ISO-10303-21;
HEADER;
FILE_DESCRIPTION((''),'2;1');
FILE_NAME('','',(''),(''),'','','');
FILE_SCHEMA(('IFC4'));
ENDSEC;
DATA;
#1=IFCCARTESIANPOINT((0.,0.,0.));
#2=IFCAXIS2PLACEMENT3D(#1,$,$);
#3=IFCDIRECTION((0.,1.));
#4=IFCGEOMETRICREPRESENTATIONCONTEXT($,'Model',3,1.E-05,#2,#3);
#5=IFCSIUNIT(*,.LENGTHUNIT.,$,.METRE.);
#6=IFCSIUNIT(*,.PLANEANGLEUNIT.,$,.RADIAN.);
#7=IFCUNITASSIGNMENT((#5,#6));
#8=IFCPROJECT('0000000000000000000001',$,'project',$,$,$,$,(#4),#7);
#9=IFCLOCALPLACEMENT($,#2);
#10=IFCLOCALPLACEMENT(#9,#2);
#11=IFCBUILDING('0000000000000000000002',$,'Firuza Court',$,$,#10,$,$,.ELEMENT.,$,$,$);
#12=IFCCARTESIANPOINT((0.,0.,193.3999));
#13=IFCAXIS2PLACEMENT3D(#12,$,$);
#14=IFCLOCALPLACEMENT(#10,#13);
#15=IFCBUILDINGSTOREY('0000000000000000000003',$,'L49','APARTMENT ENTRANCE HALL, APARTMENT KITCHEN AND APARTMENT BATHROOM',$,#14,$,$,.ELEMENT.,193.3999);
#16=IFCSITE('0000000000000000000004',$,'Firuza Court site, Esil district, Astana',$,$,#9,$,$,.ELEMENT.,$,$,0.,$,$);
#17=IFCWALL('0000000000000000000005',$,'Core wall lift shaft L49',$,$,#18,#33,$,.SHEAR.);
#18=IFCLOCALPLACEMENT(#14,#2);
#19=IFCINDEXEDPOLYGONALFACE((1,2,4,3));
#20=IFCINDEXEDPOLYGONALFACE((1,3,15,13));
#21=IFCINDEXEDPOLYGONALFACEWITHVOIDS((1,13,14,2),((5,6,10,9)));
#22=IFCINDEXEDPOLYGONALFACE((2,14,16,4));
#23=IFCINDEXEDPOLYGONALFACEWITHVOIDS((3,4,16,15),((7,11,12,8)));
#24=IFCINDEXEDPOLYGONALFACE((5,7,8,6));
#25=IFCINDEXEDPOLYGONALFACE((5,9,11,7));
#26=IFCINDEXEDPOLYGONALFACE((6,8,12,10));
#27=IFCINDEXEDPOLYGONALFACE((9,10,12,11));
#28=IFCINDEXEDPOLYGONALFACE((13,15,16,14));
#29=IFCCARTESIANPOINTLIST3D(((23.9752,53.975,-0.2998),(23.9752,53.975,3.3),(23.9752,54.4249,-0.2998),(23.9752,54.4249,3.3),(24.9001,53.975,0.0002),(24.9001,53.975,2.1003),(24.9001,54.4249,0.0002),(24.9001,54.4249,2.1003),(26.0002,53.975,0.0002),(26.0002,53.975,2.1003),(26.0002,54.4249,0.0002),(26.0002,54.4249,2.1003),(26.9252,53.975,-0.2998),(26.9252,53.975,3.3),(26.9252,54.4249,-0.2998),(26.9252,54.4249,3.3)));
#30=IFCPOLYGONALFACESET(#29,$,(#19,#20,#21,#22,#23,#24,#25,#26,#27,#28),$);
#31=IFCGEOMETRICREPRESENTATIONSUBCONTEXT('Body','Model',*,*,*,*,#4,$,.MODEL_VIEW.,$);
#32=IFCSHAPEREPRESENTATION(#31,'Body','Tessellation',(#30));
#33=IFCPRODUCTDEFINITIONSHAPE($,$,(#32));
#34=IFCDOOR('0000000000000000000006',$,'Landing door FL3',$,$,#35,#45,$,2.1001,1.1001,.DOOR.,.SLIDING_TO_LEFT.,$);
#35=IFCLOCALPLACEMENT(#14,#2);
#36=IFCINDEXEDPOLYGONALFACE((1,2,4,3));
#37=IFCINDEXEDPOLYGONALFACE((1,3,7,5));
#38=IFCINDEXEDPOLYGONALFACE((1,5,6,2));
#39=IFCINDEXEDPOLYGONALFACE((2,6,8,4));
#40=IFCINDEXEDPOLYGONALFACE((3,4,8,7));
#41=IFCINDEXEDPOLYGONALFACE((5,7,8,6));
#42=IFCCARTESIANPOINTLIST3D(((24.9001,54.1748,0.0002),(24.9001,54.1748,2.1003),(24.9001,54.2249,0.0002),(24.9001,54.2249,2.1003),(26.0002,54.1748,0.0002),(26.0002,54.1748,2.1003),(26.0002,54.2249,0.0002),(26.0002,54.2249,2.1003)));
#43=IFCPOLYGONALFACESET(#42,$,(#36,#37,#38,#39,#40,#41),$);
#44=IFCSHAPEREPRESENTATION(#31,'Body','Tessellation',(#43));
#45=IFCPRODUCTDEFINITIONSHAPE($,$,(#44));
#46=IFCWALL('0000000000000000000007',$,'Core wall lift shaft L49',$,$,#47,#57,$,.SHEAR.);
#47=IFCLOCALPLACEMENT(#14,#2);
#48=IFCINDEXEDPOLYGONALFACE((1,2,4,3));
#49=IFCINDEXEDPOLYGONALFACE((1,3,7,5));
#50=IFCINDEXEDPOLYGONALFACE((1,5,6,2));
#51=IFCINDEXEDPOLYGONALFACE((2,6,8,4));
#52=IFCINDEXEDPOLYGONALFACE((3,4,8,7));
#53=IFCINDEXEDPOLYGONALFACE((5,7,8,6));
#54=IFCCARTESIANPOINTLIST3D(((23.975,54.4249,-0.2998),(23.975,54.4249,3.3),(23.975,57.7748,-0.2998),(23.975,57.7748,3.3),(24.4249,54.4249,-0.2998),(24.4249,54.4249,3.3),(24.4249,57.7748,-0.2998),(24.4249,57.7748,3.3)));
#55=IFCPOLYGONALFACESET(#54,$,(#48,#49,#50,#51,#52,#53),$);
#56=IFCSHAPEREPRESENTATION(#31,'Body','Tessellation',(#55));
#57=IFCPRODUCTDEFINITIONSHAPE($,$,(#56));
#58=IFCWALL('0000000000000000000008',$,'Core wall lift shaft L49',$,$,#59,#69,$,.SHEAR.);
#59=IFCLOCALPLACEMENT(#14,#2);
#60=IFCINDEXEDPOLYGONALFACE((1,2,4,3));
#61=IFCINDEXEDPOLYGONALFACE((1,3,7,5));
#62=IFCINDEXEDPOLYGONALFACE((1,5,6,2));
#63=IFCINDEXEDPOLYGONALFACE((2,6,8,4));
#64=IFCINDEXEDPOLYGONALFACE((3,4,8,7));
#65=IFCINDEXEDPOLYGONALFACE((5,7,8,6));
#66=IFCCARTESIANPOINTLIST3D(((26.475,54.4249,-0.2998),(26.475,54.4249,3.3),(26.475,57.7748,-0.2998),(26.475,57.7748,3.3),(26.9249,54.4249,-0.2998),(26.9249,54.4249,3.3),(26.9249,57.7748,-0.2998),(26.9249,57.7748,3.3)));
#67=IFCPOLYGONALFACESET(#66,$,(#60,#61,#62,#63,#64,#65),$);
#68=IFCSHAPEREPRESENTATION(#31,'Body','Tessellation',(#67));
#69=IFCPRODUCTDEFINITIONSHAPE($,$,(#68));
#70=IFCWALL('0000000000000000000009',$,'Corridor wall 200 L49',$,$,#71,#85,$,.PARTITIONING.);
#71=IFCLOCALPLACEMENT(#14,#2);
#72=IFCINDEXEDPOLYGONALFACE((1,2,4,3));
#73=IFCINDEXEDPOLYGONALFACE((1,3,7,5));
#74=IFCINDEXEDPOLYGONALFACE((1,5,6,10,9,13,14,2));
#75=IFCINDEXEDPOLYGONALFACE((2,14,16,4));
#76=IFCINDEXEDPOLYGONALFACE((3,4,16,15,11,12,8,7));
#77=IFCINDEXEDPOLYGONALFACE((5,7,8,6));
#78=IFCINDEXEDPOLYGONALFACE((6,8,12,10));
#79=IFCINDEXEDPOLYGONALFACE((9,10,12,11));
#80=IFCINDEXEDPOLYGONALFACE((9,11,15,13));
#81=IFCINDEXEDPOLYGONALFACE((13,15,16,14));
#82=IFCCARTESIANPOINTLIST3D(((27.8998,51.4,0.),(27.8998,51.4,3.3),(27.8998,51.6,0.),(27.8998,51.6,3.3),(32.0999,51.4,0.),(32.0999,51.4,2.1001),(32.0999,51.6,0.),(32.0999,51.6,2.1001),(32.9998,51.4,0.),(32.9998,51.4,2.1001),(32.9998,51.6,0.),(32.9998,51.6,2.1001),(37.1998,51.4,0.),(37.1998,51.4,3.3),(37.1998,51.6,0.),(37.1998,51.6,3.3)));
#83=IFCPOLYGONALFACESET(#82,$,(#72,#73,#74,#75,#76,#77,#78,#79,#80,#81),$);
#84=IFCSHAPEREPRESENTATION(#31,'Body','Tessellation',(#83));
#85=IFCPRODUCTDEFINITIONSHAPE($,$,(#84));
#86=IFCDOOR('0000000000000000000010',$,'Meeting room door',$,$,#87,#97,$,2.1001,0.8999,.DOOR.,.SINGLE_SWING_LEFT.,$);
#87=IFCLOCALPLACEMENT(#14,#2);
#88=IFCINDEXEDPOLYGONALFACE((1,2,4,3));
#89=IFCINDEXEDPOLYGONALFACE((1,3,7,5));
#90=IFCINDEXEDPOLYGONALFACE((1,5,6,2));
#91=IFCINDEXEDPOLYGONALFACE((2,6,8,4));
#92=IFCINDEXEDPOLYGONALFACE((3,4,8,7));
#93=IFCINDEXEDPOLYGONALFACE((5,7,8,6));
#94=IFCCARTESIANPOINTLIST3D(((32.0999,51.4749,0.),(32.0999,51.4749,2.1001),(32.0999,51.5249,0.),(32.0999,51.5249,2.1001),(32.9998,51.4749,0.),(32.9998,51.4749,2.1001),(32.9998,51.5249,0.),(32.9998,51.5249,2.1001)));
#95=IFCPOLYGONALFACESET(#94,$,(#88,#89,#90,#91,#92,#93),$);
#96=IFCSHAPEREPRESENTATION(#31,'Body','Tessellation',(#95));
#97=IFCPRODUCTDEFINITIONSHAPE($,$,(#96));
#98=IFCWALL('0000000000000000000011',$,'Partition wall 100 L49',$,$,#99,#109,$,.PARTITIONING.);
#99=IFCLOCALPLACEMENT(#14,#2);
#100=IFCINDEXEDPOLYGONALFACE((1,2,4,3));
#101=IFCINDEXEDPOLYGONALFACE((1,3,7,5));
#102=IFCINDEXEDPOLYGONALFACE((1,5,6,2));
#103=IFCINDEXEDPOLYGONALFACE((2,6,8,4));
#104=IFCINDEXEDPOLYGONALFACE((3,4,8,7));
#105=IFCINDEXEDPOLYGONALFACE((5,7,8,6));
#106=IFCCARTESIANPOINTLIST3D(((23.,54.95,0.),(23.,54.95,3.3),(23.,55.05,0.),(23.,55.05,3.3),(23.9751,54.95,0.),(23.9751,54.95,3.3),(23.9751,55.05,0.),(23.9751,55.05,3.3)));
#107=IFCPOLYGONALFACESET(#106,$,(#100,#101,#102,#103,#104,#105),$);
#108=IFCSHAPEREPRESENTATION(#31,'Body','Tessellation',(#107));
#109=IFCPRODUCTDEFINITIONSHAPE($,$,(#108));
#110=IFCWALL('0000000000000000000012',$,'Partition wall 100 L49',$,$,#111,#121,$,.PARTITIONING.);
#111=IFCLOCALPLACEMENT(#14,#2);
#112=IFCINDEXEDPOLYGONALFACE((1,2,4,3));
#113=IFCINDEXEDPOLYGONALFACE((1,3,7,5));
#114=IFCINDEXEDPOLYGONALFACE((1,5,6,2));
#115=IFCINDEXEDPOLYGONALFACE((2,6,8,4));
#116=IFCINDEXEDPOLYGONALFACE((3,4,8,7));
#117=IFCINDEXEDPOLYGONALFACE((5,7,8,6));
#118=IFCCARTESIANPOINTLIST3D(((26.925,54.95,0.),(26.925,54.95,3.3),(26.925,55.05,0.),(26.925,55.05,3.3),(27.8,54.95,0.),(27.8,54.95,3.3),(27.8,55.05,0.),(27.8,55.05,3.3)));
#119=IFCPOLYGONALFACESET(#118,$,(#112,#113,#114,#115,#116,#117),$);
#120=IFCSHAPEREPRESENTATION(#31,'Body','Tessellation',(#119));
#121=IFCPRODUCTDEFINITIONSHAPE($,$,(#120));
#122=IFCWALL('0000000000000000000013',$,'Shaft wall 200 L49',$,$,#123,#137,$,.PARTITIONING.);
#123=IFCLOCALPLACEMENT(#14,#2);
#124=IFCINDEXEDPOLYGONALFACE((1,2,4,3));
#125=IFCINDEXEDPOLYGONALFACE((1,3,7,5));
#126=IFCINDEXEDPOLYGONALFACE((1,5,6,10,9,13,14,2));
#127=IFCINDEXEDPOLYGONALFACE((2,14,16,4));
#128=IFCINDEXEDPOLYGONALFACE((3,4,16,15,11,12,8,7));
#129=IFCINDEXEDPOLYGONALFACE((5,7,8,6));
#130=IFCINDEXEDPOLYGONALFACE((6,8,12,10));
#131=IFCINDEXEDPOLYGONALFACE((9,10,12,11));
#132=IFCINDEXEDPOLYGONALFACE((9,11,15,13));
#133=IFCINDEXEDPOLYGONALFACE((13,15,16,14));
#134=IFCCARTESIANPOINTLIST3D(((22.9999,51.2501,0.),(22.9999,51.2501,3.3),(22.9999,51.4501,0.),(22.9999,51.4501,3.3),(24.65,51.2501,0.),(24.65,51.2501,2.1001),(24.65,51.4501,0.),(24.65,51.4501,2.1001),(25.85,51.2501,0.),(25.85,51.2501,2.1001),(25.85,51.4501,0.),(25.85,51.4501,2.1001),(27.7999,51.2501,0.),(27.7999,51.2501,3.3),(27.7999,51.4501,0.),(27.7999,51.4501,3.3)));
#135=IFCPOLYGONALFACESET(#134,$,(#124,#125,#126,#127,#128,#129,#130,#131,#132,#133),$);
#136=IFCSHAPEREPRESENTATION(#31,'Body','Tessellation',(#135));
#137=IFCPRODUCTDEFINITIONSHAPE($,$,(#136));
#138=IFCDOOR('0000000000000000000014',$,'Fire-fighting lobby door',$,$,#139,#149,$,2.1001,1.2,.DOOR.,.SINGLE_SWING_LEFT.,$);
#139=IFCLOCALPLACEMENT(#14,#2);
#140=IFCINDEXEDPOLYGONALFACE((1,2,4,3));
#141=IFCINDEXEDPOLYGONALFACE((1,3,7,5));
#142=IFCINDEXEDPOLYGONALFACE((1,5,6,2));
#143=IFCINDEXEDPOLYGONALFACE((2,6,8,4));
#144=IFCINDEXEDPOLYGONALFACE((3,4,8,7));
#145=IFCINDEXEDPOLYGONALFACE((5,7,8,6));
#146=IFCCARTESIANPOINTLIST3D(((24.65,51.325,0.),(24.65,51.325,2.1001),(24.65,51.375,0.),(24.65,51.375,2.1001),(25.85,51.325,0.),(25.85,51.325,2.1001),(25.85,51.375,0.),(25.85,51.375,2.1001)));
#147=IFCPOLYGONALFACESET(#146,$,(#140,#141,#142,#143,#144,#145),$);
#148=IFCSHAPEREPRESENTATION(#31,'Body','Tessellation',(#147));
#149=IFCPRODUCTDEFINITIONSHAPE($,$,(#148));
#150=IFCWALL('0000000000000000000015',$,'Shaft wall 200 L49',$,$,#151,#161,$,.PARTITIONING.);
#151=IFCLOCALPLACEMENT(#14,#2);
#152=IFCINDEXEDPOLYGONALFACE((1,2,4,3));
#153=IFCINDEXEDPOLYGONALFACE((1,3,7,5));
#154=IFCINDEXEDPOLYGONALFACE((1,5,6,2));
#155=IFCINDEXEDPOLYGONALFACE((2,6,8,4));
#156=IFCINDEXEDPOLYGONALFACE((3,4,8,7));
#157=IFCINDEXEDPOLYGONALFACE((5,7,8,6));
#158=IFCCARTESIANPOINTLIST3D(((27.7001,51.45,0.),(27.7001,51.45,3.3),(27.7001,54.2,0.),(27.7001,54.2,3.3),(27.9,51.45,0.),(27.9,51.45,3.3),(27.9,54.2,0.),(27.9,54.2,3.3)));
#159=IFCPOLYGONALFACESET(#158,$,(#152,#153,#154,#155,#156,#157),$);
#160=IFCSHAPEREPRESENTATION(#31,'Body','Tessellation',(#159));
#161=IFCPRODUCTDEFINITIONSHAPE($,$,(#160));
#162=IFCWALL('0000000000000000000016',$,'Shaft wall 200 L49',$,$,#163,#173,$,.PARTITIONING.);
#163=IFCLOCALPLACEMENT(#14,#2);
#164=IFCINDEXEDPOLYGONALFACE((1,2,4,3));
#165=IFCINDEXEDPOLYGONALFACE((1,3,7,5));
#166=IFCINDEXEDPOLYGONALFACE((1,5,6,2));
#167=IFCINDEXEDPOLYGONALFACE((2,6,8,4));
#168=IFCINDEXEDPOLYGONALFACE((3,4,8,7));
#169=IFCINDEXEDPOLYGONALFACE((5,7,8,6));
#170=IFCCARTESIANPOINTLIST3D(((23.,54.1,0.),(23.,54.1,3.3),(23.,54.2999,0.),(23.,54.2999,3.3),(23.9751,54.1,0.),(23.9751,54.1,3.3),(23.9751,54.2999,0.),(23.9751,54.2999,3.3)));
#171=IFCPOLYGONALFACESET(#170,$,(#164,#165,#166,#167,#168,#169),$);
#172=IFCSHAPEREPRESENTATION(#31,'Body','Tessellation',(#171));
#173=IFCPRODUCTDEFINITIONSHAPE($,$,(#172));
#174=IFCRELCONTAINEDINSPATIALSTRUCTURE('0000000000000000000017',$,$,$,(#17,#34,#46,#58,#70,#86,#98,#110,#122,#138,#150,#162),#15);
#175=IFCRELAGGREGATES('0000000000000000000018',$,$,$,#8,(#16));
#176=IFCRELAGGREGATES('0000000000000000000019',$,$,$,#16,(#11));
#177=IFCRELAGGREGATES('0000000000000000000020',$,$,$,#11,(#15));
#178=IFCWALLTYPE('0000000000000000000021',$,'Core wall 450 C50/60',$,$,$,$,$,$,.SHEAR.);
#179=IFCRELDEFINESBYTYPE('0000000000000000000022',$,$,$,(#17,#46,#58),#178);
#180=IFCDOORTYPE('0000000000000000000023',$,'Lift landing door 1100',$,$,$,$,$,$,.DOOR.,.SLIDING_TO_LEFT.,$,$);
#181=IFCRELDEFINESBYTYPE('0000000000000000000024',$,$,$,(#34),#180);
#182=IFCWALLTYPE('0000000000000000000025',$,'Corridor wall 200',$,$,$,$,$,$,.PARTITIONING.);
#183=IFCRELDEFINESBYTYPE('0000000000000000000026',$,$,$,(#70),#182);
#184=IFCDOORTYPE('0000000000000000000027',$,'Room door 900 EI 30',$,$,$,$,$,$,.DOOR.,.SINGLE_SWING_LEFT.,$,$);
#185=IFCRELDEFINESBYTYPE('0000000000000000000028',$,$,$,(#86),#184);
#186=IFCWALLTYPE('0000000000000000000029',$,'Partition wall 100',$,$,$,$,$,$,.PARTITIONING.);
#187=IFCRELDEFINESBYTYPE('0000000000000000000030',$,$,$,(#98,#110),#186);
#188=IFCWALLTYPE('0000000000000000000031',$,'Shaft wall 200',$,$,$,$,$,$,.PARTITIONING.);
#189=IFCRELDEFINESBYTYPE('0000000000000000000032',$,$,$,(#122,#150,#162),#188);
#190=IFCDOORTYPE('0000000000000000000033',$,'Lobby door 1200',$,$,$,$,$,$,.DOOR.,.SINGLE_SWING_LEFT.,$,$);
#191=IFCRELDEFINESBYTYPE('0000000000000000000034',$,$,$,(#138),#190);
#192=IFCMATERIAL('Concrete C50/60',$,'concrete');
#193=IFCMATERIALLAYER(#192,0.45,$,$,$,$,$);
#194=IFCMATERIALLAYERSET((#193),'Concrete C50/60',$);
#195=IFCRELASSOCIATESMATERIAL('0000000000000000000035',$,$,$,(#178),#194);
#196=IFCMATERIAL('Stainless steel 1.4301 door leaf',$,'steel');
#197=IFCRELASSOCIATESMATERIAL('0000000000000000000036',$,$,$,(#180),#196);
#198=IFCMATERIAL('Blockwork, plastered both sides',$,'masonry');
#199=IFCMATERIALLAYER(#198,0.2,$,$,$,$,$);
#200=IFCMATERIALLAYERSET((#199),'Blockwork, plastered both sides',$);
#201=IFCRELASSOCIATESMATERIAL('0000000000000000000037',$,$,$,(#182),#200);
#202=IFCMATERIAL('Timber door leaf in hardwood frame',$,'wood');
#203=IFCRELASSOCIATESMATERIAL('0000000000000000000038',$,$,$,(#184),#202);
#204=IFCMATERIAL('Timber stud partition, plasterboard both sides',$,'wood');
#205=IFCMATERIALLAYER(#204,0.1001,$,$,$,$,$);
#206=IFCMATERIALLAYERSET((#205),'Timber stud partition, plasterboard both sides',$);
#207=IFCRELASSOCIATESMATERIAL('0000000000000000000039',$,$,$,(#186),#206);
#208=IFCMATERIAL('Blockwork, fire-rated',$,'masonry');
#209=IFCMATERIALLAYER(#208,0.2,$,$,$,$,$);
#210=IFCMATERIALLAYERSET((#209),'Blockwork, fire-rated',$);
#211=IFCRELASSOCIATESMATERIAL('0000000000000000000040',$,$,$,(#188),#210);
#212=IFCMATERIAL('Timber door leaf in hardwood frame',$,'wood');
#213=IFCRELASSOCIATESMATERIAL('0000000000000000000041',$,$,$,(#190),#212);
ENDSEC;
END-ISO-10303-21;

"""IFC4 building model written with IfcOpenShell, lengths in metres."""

from ifc_helpers import new_model, si_unit, direction, frame, frame_2d, origin, place, context, subcontext, project, spatial, rectangle, extrude, material, layer, layer_set, type_object, element, fill, save


model = new_model("IFC4")

# Units and contexts
model_context = context("Model", 3, precision=1e-05, world=origin(), true_north=direction((0.0, 1.0)))
body_context = subcontext(model_context, "Body", "Model", "MODEL_VIEW")
ifc_project = project(units=[si_unit("LENGTHUNIT", "METRE"), si_unit("PLANEANGLEUNIT", "RADIAN")], contexts=[model_context])

# Site, building, storey
site_placement = place(None, origin())
site = spatial("IfcSite", under=ifc_project, at=site_placement, Name="Firuza Court site, Esil district, Astana", CompositionType="ELEMENT", RefElevation=0.0)
building_placement = place(site_placement, origin())
building = spatial("IfcBuilding", under=site, at=building_placement, Name="Firuza Court", CompositionType="ELEMENT")
storey_placement = place(building_placement, frame((0.0, 0.0, 193.3999)))
storey = spatial("IfcBuildingStorey", under=building, at=storey_placement, Name="L49", Description="APARTMENT ENTRANCE HALL, APARTMENT KITCHEN AND APARTMENT BATHROOM", CompositionType="ELEMENT", Elevation=193.3999)

# Wall, opening, door
ifc_material_1 = material(Name="Concrete C50/60", Category="concrete")
ifc_layer_1 = layer(ifc_material_1, 0.45)
ifc_layer_set_1 = layer_set([ifc_layer_1], Name="Concrete C50/60")
wall_type_1 = type_object("IfcWallType", Name="Core wall 450 C50/60", PredefinedType="SHEAR", material=ifc_layer_set_1)
wall_1_placement = place(storey_placement, frame((23.9751, 54.2, -0.2998), z_axis=(0.0, 0.0, 1.0), x_axis=(1.0, 0.0, 0.0)))
wall_1 = element("IfcWall", 1, at=wall_1_placement, inside=storey, type_object=wall_type_1, Name="Core wall lift shaft L49", PredefinedType="SHEAR", context=body_context, shape_type="SweptSolid", body=[
    extrude(rectangle(XDim=2.95, YDim=0.45, at=frame_2d((1.4751, 0.0))), origin(), (0.0, 0.0, 1.0), 3.5999),
])
opening_1_placement = place(wall_1_placement, frame((0.925, 0.0, 0.3)))
opening_1 = element("IfcOpeningElement", 2, at=opening_1_placement, cuts=wall_1, PredefinedType="OPENING", context=body_context, shape_type="SweptSolid", body=[
    extrude(rectangle(XDim=1.1001, YDim=2.1001, at=frame_2d((0.55, 1.05))), frame((0.0, 0.2368, 0.0), z_axis=(0.0, -1.0, 0.0), x_axis=(1.0, 0.0, 0.0)), (0.0, 0.0, 1.0), 0.4739),
])
ifc_material_2 = material(Name="Stainless steel 1.4301 door leaf", Category="steel")
door_type_1 = type_object("IfcDoorType", Name="Lift landing door 1100", OperationType="SLIDING_TO_LEFT", PredefinedType="DOOR", material=ifc_material_2)
door_1_placement = place(opening_1_placement, origin())
door_1 = element("IfcDoor", 3, at=door_1_placement, inside=storey, type_object=door_type_1, Name="Landing door FL3", OperationType="SLIDING_TO_LEFT", OverallHeight=2.1001, OverallWidth=1.1001, PredefinedType="DOOR", context=body_context, shape_type="SweptSolid", body=[
    extrude(rectangle(XDim=1.1001, YDim=2.1001, at=frame_2d((0.55, 1.05))), frame((0.0, 0.0249, 0.0), z_axis=(0.0, -1.0, 0.0), x_axis=(1.0, 0.0, 0.0)), (0.0, 0.0, 1.0), 0.05),
])
fill(opening_1, door_1)

# Walls
for number, where, z_axis, x_axis, name in (
    (4, (24.2, 54.425, -0.2998), (0.0, 0.0, 1.0), (0.0, 1.0, 0.0), "Core wall lift shaft L49"),
    (5, (26.7, 54.425, -0.2998), (0.0, 0.0, 1.0), (0.0, 1.0, 0.0), "Core wall lift shaft L49"),
):
    element("IfcWall", number, at=place(storey_placement, frame(where, z_axis=z_axis, x_axis=x_axis)), inside=storey, type_object=wall_type_1, Name=name, PredefinedType="SHEAR", context=body_context, shape_type="SweptSolid", body=[
        extrude(rectangle(XDim=3.3499, YDim=0.45, at=frame_2d((1.6748, 0.0))), origin(), (0.0, 0.0, 1.0), 3.5999),
    ])

# Wall, opening, door
ifc_material_3 = material(Name="Blockwork, plastered both sides", Category="masonry")
ifc_layer_2 = layer(ifc_material_3, 0.2)
ifc_layer_set_2 = layer_set([ifc_layer_2], Name="Blockwork, plastered both sides")
wall_type_2 = type_object("IfcWallType", Name="Corridor wall 200", PredefinedType="PARTITIONING", material=ifc_layer_set_2)
wall_2_placement = place(storey_placement, frame((27.8999, 51.5, 0.0), z_axis=(0.0, 0.0, 1.0), x_axis=(1.0, 0.0, 0.0)))
wall_2 = element("IfcWall", 6, at=wall_2_placement, inside=storey, type_object=wall_type_2, Name="Corridor wall 200 L49", PredefinedType="PARTITIONING", context=body_context, shape_type="SweptSolid", body=[
    extrude(rectangle(XDim=9.3, YDim=0.2, at=frame_2d((4.6499, 0.0))), origin(), (0.0, 0.0, 1.0), 3.3),
])
opening_2_placement = place(wall_2_placement, frame((4.2, 0.0, 0.0)))
opening_2 = element("IfcOpeningElement", 7, at=opening_2_placement, cuts=wall_2, PredefinedType="OPENING", context=body_context, shape_type="SweptSolid", body=[
    extrude(rectangle(XDim=0.8999, YDim=2.1001, at=frame_2d((0.45, 1.05))), frame((0.0, 0.1118, 0.0), z_axis=(0.0, -1.0, 0.0), x_axis=(1.0, 0.0, 0.0)), (0.0, 0.0, 1.0), 0.2239),
])
ifc_material_4 = material(Name="Timber door leaf in hardwood frame", Category="wood")
door_type_2 = type_object("IfcDoorType", Name="Room door 900 EI 30", OperationType="SINGLE_SWING_LEFT", PredefinedType="DOOR", material=ifc_material_4)
door_2_placement = place(opening_2_placement, origin())
door_2 = element("IfcDoor", 8, at=door_2_placement, inside=storey, type_object=door_type_2, Name="Meeting room door", OperationType="SINGLE_SWING_LEFT", OverallHeight=2.1001, OverallWidth=0.8999, PredefinedType="DOOR", context=body_context, shape_type="SweptSolid", body=[
    extrude(rectangle(XDim=0.8999, YDim=2.1001, at=frame_2d((0.45, 1.05))), frame((0.0, 0.0249, 0.0), z_axis=(0.0, -1.0, 0.0), x_axis=(1.0, 0.0, 0.0)), (0.0, 0.0, 1.0), 0.05),
])
fill(opening_2, door_2)

# Walls
ifc_material_5 = material(Name="Timber stud partition, plasterboard both sides", Category="wood")
ifc_layer_3 = layer(ifc_material_5, 0.1001)
ifc_layer_set_3 = layer_set([ifc_layer_3], Name="Timber stud partition, plasterboard both sides")
wall_type_3 = type_object("IfcWallType", Name="Partition wall 100", PredefinedType="PARTITIONING", material=ifc_layer_set_3)
wall_3_placement = place(storey_placement, frame((23.0, 55.0, 0.0), z_axis=(0.0, 0.0, 1.0), x_axis=(1.0, 0.0, 0.0)))
element("IfcWall", 9, at=wall_3_placement, inside=storey, type_object=wall_type_3, Name="Partition wall 100 L49", PredefinedType="PARTITIONING", context=body_context, shape_type="SweptSolid", body=[
    extrude(rectangle(XDim=0.9751, YDim=0.1001, at=frame_2d((0.4875, 0.0))), origin(), (0.0, 0.0, 1.0), 3.3),
])
wall_4_placement = place(storey_placement, frame((26.925, 55.0, 0.0), z_axis=(0.0, 0.0, 1.0), x_axis=(1.0, 0.0, 0.0)))
element("IfcWall", 10, at=wall_4_placement, inside=storey, type_object=wall_type_3, Name="Partition wall 100 L49", PredefinedType="PARTITIONING", context=body_context, shape_type="SweptSolid", body=[
    extrude(rectangle(XDim=0.875, YDim=0.1001, at=frame_2d((0.4375, 0.0))), origin(), (0.0, 0.0, 1.0), 3.3),
])

# Wall, opening, door
ifc_material_6 = material(Name="Blockwork, fire-rated", Category="masonry")
ifc_layer_4 = layer(ifc_material_6, 0.2)
ifc_layer_set_4 = layer_set([ifc_layer_4], Name="Blockwork, fire-rated")
wall_type_4 = type_object("IfcWallType", Name="Shaft wall 200", PredefinedType="PARTITIONING", material=ifc_layer_set_4)
wall_5_placement = place(storey_placement, frame((23.0, 51.3501, 0.0), z_axis=(0.0, 0.0, 1.0), x_axis=(1.0, 0.0, 0.0)))
wall_5 = element("IfcWall", 11, at=wall_5_placement, inside=storey, type_object=wall_type_4, Name="Shaft wall 200 L49", PredefinedType="PARTITIONING", context=body_context, shape_type="SweptSolid", body=[
    extrude(rectangle(XDim=4.8, YDim=0.2, at=frame_2d((2.3999, 0.0))), origin(), (0.0, 0.0, 1.0), 3.3),
])
opening_3_placement = place(wall_5_placement, frame((1.6499, 0.0, 0.0)))
opening_3 = element("IfcOpeningElement", 12, at=opening_3_placement, cuts=wall_5, PredefinedType="OPENING", context=body_context, shape_type="SweptSolid", body=[
    extrude(rectangle(XDim=1.2, YDim=2.1001, at=frame_2d((0.6001, 1.05))), frame((0.0, 0.1118, 0.0), z_axis=(0.0, -1.0, 0.0), x_axis=(1.0, 0.0, 0.0)), (0.0, 0.0, 1.0), 0.2239),
])
ifc_material_7 = material(Name="Timber door leaf in hardwood frame", Category="wood")
door_type_3 = type_object("IfcDoorType", Name="Lobby door 1200", OperationType="SINGLE_SWING_LEFT", PredefinedType="DOOR", material=ifc_material_7)
door_3_placement = place(opening_3_placement, origin())
door_3 = element("IfcDoor", 13, at=door_3_placement, inside=storey, type_object=door_type_3, Name="Fire-fighting lobby door", OperationType="SINGLE_SWING_LEFT", OverallHeight=2.1001, OverallWidth=1.2, PredefinedType="DOOR", context=body_context, shape_type="SweptSolid", body=[
    extrude(rectangle(XDim=1.2, YDim=2.1001, at=frame_2d((0.6001, 1.05))), frame((0.0, 0.0249, 0.0), z_axis=(0.0, -1.0, 0.0), x_axis=(1.0, 0.0, 0.0)), (0.0, 0.0, 1.0), 0.05),
])
fill(opening_3, door_3)

# Walls
wall_6_placement = place(storey_placement, frame((27.8, 51.45, 0.0), z_axis=(0.0, 0.0, 1.0), x_axis=(0.0, 1.0, 0.0)))
element("IfcWall", 14, at=wall_6_placement, inside=storey, type_object=wall_type_4, Name="Shaft wall 200 L49", PredefinedType="PARTITIONING", context=body_context, shape_type="SweptSolid", body=[
    extrude(rectangle(XDim=2.75, YDim=0.2, at=frame_2d((1.375, 0.0))), origin(), (0.0, 0.0, 1.0), 3.3),
])
wall_7_placement = place(storey_placement, frame((23.0, 54.2, 0.0), z_axis=(0.0, 0.0, 1.0), x_axis=(1.0, 0.0, 0.0)))
element("IfcWall", 15, at=wall_7_placement, inside=storey, type_object=wall_type_4, Name="Shaft wall 200 L49", PredefinedType="PARTITIONING", context=body_context, shape_type="SweptSolid", body=[
    extrude(rectangle(XDim=0.9751, YDim=0.2, at=frame_2d((0.4875, 0.0))), origin(), (0.0, 0.0, 1.0), 3.3),
])

save(model, "model.ifc")
